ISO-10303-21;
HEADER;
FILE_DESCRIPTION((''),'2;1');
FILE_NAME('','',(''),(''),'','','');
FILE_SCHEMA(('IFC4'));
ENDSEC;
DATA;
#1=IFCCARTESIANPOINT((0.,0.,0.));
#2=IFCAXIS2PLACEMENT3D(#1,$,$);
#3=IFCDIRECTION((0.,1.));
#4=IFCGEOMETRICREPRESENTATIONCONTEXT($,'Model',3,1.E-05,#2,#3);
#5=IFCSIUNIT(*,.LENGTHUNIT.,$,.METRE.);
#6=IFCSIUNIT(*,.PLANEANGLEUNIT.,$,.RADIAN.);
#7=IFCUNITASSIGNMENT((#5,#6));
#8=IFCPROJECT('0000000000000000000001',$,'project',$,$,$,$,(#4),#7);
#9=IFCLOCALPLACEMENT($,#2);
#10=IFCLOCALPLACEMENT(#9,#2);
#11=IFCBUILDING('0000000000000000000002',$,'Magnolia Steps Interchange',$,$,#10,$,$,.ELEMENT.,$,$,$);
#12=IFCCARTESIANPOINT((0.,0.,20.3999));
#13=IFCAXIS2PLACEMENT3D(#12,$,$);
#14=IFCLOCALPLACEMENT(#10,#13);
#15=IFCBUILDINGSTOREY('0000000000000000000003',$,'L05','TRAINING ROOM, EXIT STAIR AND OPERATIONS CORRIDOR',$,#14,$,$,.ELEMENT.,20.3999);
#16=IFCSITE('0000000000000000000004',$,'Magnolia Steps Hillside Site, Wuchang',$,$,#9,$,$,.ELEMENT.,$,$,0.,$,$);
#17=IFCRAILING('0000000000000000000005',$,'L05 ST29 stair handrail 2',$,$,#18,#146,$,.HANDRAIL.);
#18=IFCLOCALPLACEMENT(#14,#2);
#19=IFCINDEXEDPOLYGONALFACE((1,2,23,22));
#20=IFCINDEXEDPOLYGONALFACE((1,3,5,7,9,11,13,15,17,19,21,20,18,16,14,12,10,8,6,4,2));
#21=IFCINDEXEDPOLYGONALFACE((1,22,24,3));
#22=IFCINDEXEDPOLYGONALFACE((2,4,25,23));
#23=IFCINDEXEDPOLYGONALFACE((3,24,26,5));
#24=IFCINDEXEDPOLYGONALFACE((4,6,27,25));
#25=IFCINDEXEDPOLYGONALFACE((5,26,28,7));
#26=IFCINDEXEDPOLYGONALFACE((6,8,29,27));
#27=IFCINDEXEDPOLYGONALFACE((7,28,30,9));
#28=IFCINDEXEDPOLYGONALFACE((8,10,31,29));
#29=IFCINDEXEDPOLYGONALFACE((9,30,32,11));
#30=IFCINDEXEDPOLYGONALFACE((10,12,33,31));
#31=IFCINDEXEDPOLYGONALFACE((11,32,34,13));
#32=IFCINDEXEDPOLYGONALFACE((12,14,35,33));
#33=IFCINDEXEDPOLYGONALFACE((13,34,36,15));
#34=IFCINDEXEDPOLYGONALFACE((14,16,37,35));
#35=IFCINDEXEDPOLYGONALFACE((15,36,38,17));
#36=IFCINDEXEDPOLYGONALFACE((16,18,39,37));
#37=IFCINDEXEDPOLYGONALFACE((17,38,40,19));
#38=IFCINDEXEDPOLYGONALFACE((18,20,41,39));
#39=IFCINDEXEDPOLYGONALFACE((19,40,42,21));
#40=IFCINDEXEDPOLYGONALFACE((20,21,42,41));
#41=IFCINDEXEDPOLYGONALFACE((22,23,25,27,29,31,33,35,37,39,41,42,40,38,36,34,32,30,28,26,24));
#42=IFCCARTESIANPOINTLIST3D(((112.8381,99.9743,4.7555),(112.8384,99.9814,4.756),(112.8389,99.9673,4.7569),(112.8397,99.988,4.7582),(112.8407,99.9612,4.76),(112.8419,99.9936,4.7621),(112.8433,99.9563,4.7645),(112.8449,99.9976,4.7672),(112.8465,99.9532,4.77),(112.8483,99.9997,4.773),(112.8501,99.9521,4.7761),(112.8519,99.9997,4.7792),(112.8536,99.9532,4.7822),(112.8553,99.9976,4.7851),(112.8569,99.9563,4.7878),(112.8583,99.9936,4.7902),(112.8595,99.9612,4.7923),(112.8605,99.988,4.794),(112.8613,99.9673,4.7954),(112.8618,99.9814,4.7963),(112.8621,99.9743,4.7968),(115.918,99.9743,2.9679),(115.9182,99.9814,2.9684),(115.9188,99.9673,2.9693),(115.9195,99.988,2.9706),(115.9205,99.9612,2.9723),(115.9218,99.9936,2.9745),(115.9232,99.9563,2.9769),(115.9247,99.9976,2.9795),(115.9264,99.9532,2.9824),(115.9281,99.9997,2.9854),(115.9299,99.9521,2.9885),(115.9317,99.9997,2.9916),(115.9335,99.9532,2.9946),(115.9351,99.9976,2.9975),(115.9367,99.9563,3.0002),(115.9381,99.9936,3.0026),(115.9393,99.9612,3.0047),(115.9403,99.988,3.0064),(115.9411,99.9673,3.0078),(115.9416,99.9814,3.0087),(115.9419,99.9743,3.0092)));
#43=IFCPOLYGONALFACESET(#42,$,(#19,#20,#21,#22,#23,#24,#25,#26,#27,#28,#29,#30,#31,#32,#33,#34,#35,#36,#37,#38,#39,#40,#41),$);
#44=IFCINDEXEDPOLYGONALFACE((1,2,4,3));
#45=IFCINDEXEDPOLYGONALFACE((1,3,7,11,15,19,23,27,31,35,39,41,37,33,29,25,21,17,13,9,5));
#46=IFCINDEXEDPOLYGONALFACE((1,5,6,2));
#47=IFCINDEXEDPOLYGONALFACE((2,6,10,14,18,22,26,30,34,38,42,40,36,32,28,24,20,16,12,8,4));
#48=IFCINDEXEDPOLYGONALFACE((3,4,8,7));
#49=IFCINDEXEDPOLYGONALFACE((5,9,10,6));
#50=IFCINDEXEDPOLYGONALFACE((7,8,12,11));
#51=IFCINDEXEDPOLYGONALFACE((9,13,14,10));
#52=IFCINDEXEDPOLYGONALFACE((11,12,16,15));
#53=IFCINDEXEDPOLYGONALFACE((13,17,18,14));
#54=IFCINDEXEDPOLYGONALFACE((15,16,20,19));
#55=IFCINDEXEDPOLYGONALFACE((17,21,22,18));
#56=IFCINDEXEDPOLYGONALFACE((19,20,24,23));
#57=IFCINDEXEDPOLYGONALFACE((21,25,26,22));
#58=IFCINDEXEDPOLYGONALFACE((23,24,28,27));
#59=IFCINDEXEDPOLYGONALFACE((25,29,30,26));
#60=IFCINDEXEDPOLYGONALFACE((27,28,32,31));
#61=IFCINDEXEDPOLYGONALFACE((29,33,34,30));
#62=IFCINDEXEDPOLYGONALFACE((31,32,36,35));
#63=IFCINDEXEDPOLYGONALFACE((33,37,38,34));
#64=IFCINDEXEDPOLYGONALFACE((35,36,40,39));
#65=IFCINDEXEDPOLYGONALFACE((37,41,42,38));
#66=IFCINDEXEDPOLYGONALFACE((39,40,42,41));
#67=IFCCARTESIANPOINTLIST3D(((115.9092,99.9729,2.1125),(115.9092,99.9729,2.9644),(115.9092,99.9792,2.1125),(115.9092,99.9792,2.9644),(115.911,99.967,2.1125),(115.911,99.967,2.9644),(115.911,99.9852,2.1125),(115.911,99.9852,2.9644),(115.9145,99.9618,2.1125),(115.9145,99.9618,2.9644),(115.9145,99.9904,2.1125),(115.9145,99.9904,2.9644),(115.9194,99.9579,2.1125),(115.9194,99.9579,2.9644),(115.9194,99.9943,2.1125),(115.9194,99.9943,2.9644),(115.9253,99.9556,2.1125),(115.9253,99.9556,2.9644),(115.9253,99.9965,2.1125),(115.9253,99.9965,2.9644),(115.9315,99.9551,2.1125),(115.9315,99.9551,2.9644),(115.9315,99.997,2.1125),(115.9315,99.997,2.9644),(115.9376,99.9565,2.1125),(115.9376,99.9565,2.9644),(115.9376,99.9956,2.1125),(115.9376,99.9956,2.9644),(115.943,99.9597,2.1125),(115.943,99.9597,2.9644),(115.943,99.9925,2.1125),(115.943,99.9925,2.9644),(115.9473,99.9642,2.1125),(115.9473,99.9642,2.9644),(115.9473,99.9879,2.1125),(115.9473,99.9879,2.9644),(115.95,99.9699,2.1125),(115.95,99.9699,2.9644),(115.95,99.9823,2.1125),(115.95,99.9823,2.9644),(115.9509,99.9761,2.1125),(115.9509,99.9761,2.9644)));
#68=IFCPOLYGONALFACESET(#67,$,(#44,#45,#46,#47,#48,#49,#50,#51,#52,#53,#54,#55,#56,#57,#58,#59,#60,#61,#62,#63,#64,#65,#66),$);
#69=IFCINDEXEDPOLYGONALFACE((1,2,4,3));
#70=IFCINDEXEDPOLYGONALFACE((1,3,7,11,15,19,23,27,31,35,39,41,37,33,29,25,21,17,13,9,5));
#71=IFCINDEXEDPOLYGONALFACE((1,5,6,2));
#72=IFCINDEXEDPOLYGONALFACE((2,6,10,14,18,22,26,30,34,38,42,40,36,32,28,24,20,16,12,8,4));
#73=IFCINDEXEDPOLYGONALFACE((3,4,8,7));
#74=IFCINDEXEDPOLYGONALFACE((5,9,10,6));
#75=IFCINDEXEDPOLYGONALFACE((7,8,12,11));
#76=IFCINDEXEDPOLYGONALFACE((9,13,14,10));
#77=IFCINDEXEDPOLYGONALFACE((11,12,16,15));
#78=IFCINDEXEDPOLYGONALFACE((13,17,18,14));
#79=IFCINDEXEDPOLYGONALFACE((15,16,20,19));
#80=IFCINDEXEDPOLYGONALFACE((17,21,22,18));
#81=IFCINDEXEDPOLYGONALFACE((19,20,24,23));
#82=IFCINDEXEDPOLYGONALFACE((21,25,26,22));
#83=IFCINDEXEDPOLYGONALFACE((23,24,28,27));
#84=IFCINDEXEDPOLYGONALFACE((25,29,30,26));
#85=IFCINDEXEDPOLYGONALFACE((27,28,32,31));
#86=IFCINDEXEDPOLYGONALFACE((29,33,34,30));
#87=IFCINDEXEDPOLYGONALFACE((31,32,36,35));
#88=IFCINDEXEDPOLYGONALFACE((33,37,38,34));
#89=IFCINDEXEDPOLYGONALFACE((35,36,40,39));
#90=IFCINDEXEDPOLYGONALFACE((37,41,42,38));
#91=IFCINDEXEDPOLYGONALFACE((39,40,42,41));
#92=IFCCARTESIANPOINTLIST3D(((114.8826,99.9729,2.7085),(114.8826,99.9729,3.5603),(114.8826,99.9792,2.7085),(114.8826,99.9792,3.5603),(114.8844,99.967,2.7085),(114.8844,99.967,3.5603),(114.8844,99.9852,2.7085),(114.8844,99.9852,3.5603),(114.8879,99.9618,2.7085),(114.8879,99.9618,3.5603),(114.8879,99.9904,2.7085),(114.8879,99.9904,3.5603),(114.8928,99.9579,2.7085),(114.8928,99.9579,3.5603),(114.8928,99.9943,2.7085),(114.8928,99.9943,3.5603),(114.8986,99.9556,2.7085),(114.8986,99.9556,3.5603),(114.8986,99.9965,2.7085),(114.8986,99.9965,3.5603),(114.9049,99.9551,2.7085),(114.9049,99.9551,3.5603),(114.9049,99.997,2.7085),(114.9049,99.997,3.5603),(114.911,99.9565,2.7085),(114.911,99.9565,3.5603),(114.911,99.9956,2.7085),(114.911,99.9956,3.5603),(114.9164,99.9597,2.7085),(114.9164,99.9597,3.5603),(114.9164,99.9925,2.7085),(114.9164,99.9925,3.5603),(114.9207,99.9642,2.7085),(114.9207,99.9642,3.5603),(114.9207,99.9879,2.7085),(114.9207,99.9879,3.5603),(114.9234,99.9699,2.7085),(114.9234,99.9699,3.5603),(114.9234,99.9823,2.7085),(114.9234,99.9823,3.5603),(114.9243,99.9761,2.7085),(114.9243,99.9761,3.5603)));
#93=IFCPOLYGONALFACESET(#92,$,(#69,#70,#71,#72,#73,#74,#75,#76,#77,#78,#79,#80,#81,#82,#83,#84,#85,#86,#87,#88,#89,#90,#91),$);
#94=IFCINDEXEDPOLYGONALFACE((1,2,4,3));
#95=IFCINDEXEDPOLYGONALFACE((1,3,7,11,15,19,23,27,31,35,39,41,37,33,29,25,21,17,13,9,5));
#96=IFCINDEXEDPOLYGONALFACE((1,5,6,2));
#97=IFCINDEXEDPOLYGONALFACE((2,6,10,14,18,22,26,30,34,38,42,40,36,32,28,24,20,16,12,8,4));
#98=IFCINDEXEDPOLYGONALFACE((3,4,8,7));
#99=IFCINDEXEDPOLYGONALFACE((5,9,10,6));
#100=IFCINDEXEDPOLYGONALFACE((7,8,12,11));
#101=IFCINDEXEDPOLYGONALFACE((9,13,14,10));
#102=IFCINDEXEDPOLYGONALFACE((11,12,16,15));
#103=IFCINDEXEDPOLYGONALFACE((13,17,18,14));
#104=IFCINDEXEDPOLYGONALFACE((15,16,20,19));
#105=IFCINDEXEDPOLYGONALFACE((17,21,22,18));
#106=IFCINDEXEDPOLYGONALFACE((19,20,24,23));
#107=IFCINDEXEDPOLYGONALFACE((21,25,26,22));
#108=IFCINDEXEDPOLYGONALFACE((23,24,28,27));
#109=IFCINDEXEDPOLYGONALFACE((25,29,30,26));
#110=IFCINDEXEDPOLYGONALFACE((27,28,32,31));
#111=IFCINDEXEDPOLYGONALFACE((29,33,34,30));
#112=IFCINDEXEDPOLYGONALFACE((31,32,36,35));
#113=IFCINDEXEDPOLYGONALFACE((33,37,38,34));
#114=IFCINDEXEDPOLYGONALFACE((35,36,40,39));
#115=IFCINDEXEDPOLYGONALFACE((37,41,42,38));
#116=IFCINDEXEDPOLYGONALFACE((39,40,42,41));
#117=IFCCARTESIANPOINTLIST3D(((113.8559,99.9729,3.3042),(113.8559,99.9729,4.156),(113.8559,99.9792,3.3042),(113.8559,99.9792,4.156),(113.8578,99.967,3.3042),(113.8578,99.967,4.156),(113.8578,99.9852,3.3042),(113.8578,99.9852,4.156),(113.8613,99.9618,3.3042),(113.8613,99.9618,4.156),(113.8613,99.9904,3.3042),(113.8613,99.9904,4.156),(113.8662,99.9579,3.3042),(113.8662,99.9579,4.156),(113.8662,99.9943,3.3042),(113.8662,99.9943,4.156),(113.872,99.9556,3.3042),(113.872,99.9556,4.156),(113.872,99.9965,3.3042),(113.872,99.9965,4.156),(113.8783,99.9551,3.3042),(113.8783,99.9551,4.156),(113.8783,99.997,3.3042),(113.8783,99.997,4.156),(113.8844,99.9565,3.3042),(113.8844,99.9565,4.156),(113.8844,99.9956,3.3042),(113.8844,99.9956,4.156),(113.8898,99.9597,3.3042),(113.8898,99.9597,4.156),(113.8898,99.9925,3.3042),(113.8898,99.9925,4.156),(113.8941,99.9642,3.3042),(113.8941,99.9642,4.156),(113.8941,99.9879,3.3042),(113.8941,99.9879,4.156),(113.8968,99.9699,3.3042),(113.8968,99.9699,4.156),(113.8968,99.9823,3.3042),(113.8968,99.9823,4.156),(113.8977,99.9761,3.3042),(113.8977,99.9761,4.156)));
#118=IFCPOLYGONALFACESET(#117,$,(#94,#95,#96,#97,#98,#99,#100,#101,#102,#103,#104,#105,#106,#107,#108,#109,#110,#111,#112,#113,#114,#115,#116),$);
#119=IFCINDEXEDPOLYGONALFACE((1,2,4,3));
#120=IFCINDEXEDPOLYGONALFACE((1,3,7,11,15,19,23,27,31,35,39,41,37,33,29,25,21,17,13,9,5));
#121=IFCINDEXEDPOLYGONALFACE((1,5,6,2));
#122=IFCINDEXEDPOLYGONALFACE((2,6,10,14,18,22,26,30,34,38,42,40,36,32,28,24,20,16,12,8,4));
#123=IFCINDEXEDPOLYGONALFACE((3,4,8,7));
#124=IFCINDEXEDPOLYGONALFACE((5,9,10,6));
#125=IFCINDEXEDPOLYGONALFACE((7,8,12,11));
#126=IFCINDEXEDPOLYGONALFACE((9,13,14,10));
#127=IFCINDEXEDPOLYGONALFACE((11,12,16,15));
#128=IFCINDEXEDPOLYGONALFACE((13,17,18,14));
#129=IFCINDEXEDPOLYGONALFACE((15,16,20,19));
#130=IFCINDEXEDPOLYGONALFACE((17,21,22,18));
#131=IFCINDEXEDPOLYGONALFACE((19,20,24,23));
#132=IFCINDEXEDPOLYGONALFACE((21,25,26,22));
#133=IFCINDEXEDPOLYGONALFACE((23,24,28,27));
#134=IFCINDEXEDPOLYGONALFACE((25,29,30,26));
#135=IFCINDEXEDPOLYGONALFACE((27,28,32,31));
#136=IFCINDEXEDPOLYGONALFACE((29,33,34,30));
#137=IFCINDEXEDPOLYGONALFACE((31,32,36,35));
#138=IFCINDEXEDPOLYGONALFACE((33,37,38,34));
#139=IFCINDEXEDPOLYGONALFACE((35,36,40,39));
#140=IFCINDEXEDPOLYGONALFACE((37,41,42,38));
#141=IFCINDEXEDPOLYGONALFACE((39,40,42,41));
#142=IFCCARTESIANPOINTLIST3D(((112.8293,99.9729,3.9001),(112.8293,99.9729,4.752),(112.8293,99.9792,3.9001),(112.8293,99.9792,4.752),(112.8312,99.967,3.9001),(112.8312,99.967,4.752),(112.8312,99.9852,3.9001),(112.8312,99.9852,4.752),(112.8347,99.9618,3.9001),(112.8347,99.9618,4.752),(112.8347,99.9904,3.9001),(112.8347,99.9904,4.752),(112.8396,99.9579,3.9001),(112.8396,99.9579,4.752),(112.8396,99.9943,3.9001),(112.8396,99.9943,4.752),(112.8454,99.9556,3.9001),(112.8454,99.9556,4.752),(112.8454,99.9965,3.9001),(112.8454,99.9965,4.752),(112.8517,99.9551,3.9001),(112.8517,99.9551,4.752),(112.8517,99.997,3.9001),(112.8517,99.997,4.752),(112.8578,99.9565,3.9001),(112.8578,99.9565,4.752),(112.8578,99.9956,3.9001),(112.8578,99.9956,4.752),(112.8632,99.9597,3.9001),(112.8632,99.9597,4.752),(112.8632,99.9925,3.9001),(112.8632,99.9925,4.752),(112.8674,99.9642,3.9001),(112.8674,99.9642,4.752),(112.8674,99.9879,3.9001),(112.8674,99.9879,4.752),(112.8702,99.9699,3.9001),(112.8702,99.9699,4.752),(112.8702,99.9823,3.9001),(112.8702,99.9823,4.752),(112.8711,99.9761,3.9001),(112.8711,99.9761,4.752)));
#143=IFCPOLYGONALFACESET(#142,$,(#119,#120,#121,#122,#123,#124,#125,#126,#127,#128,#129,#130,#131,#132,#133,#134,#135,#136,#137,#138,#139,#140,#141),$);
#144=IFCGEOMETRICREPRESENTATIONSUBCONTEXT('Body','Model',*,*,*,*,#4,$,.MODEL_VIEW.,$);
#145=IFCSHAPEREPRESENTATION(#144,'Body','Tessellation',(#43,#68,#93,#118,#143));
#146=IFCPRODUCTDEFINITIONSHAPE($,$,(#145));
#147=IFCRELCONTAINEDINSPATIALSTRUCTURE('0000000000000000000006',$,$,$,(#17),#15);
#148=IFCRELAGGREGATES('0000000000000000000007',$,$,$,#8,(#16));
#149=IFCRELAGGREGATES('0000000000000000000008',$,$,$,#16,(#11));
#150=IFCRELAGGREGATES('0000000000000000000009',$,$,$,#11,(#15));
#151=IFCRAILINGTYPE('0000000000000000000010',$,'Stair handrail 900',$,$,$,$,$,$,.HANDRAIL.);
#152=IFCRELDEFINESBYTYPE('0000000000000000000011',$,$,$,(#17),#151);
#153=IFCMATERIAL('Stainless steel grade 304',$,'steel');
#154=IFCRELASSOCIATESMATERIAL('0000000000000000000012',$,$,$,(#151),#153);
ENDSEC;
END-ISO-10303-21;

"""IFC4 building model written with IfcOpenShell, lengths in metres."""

from ifc_helpers import new_model, si_unit, direction, frame, origin, origin_2d, place, context, subcontext, project, spatial, circle, extrude, material, type_object, element, save


model = new_model("IFC4")

# Units and contexts
model_context = context("Model", 3, precision=1e-05, world=origin(), true_north=direction((0.0, 1.0)))
body_context = subcontext(model_context, "Body", "Model", "MODEL_VIEW")
ifc_project = project(units=[si_unit("LENGTHUNIT", "METRE"), si_unit("PLANEANGLEUNIT", "RADIAN")], contexts=[model_context])

# Site, building, storey
site_placement = place(None, origin())
site = spatial("IfcSite", under=ifc_project, at=site_placement, Name="Magnolia Steps Hillside Site, Wuchang", CompositionType="ELEMENT", RefElevation=0.0)
building_placement = place(site_placement, origin())
building = spatial("IfcBuilding", under=site, at=building_placement, Name="Magnolia Steps Interchange", CompositionType="ELEMENT")
storey_placement = place(building_placement, frame((0.0, 0.0, 20.3999)))
storey = spatial("IfcBuildingStorey", under=building, at=storey_placement, Name="L05", Description="TRAINING ROOM, EXIT STAIR AND OPERATIONS CORRIDOR", CompositionType="ELEMENT", Elevation=20.3999)

# Railing
ifc_material_1 = material(Name="Stainless steel grade 304", Category="steel")
railing_type_1 = type_object("IfcRailingType", Name="Stair handrail 900", PredefinedType="HANDRAIL", material=ifc_material_1)
railing_1_placement = place(storey_placement, frame((115.9299, 99.9761, 2.1125)))
element("IfcRailing", 1, at=railing_1_placement, inside=storey, type_object=railing_type_1, Name="L05 ST29 stair handrail 2", PredefinedType="HANDRAIL", context=body_context, shape_type="SweptSolid", body=[
    extrude(circle(Radius=0.0239, at=origin_2d()), frame((0.0, 0.0, 0.876), z_axis=(-0.864873, 0.0, 0.50199), x_axis=(0.0, -1.0, 0.0)), (0.0, 0.0, 1.0), 3.561),
    extrude(circle(Radius=0.021, at=origin_2d()), origin(), (0.0, 0.0, 1.0), 0.8518),
    extrude(circle(Radius=0.021, at=origin_2d()), frame((-1.0266, 0.0, 0.5959)), (0.0, 0.0, 1.0), 0.8518),
    extrude(circle(Radius=0.021, at=origin_2d()), frame((-2.0532, 0.0, 1.1917)), (0.0, 0.0, 1.0), 0.8518),
    extrude(circle(Radius=0.021, at=origin_2d()), frame((-3.0798, 0.0, 1.7876)), (0.0, 0.0, 1.0), 0.8518),
])

save(model, "model.ifc")
